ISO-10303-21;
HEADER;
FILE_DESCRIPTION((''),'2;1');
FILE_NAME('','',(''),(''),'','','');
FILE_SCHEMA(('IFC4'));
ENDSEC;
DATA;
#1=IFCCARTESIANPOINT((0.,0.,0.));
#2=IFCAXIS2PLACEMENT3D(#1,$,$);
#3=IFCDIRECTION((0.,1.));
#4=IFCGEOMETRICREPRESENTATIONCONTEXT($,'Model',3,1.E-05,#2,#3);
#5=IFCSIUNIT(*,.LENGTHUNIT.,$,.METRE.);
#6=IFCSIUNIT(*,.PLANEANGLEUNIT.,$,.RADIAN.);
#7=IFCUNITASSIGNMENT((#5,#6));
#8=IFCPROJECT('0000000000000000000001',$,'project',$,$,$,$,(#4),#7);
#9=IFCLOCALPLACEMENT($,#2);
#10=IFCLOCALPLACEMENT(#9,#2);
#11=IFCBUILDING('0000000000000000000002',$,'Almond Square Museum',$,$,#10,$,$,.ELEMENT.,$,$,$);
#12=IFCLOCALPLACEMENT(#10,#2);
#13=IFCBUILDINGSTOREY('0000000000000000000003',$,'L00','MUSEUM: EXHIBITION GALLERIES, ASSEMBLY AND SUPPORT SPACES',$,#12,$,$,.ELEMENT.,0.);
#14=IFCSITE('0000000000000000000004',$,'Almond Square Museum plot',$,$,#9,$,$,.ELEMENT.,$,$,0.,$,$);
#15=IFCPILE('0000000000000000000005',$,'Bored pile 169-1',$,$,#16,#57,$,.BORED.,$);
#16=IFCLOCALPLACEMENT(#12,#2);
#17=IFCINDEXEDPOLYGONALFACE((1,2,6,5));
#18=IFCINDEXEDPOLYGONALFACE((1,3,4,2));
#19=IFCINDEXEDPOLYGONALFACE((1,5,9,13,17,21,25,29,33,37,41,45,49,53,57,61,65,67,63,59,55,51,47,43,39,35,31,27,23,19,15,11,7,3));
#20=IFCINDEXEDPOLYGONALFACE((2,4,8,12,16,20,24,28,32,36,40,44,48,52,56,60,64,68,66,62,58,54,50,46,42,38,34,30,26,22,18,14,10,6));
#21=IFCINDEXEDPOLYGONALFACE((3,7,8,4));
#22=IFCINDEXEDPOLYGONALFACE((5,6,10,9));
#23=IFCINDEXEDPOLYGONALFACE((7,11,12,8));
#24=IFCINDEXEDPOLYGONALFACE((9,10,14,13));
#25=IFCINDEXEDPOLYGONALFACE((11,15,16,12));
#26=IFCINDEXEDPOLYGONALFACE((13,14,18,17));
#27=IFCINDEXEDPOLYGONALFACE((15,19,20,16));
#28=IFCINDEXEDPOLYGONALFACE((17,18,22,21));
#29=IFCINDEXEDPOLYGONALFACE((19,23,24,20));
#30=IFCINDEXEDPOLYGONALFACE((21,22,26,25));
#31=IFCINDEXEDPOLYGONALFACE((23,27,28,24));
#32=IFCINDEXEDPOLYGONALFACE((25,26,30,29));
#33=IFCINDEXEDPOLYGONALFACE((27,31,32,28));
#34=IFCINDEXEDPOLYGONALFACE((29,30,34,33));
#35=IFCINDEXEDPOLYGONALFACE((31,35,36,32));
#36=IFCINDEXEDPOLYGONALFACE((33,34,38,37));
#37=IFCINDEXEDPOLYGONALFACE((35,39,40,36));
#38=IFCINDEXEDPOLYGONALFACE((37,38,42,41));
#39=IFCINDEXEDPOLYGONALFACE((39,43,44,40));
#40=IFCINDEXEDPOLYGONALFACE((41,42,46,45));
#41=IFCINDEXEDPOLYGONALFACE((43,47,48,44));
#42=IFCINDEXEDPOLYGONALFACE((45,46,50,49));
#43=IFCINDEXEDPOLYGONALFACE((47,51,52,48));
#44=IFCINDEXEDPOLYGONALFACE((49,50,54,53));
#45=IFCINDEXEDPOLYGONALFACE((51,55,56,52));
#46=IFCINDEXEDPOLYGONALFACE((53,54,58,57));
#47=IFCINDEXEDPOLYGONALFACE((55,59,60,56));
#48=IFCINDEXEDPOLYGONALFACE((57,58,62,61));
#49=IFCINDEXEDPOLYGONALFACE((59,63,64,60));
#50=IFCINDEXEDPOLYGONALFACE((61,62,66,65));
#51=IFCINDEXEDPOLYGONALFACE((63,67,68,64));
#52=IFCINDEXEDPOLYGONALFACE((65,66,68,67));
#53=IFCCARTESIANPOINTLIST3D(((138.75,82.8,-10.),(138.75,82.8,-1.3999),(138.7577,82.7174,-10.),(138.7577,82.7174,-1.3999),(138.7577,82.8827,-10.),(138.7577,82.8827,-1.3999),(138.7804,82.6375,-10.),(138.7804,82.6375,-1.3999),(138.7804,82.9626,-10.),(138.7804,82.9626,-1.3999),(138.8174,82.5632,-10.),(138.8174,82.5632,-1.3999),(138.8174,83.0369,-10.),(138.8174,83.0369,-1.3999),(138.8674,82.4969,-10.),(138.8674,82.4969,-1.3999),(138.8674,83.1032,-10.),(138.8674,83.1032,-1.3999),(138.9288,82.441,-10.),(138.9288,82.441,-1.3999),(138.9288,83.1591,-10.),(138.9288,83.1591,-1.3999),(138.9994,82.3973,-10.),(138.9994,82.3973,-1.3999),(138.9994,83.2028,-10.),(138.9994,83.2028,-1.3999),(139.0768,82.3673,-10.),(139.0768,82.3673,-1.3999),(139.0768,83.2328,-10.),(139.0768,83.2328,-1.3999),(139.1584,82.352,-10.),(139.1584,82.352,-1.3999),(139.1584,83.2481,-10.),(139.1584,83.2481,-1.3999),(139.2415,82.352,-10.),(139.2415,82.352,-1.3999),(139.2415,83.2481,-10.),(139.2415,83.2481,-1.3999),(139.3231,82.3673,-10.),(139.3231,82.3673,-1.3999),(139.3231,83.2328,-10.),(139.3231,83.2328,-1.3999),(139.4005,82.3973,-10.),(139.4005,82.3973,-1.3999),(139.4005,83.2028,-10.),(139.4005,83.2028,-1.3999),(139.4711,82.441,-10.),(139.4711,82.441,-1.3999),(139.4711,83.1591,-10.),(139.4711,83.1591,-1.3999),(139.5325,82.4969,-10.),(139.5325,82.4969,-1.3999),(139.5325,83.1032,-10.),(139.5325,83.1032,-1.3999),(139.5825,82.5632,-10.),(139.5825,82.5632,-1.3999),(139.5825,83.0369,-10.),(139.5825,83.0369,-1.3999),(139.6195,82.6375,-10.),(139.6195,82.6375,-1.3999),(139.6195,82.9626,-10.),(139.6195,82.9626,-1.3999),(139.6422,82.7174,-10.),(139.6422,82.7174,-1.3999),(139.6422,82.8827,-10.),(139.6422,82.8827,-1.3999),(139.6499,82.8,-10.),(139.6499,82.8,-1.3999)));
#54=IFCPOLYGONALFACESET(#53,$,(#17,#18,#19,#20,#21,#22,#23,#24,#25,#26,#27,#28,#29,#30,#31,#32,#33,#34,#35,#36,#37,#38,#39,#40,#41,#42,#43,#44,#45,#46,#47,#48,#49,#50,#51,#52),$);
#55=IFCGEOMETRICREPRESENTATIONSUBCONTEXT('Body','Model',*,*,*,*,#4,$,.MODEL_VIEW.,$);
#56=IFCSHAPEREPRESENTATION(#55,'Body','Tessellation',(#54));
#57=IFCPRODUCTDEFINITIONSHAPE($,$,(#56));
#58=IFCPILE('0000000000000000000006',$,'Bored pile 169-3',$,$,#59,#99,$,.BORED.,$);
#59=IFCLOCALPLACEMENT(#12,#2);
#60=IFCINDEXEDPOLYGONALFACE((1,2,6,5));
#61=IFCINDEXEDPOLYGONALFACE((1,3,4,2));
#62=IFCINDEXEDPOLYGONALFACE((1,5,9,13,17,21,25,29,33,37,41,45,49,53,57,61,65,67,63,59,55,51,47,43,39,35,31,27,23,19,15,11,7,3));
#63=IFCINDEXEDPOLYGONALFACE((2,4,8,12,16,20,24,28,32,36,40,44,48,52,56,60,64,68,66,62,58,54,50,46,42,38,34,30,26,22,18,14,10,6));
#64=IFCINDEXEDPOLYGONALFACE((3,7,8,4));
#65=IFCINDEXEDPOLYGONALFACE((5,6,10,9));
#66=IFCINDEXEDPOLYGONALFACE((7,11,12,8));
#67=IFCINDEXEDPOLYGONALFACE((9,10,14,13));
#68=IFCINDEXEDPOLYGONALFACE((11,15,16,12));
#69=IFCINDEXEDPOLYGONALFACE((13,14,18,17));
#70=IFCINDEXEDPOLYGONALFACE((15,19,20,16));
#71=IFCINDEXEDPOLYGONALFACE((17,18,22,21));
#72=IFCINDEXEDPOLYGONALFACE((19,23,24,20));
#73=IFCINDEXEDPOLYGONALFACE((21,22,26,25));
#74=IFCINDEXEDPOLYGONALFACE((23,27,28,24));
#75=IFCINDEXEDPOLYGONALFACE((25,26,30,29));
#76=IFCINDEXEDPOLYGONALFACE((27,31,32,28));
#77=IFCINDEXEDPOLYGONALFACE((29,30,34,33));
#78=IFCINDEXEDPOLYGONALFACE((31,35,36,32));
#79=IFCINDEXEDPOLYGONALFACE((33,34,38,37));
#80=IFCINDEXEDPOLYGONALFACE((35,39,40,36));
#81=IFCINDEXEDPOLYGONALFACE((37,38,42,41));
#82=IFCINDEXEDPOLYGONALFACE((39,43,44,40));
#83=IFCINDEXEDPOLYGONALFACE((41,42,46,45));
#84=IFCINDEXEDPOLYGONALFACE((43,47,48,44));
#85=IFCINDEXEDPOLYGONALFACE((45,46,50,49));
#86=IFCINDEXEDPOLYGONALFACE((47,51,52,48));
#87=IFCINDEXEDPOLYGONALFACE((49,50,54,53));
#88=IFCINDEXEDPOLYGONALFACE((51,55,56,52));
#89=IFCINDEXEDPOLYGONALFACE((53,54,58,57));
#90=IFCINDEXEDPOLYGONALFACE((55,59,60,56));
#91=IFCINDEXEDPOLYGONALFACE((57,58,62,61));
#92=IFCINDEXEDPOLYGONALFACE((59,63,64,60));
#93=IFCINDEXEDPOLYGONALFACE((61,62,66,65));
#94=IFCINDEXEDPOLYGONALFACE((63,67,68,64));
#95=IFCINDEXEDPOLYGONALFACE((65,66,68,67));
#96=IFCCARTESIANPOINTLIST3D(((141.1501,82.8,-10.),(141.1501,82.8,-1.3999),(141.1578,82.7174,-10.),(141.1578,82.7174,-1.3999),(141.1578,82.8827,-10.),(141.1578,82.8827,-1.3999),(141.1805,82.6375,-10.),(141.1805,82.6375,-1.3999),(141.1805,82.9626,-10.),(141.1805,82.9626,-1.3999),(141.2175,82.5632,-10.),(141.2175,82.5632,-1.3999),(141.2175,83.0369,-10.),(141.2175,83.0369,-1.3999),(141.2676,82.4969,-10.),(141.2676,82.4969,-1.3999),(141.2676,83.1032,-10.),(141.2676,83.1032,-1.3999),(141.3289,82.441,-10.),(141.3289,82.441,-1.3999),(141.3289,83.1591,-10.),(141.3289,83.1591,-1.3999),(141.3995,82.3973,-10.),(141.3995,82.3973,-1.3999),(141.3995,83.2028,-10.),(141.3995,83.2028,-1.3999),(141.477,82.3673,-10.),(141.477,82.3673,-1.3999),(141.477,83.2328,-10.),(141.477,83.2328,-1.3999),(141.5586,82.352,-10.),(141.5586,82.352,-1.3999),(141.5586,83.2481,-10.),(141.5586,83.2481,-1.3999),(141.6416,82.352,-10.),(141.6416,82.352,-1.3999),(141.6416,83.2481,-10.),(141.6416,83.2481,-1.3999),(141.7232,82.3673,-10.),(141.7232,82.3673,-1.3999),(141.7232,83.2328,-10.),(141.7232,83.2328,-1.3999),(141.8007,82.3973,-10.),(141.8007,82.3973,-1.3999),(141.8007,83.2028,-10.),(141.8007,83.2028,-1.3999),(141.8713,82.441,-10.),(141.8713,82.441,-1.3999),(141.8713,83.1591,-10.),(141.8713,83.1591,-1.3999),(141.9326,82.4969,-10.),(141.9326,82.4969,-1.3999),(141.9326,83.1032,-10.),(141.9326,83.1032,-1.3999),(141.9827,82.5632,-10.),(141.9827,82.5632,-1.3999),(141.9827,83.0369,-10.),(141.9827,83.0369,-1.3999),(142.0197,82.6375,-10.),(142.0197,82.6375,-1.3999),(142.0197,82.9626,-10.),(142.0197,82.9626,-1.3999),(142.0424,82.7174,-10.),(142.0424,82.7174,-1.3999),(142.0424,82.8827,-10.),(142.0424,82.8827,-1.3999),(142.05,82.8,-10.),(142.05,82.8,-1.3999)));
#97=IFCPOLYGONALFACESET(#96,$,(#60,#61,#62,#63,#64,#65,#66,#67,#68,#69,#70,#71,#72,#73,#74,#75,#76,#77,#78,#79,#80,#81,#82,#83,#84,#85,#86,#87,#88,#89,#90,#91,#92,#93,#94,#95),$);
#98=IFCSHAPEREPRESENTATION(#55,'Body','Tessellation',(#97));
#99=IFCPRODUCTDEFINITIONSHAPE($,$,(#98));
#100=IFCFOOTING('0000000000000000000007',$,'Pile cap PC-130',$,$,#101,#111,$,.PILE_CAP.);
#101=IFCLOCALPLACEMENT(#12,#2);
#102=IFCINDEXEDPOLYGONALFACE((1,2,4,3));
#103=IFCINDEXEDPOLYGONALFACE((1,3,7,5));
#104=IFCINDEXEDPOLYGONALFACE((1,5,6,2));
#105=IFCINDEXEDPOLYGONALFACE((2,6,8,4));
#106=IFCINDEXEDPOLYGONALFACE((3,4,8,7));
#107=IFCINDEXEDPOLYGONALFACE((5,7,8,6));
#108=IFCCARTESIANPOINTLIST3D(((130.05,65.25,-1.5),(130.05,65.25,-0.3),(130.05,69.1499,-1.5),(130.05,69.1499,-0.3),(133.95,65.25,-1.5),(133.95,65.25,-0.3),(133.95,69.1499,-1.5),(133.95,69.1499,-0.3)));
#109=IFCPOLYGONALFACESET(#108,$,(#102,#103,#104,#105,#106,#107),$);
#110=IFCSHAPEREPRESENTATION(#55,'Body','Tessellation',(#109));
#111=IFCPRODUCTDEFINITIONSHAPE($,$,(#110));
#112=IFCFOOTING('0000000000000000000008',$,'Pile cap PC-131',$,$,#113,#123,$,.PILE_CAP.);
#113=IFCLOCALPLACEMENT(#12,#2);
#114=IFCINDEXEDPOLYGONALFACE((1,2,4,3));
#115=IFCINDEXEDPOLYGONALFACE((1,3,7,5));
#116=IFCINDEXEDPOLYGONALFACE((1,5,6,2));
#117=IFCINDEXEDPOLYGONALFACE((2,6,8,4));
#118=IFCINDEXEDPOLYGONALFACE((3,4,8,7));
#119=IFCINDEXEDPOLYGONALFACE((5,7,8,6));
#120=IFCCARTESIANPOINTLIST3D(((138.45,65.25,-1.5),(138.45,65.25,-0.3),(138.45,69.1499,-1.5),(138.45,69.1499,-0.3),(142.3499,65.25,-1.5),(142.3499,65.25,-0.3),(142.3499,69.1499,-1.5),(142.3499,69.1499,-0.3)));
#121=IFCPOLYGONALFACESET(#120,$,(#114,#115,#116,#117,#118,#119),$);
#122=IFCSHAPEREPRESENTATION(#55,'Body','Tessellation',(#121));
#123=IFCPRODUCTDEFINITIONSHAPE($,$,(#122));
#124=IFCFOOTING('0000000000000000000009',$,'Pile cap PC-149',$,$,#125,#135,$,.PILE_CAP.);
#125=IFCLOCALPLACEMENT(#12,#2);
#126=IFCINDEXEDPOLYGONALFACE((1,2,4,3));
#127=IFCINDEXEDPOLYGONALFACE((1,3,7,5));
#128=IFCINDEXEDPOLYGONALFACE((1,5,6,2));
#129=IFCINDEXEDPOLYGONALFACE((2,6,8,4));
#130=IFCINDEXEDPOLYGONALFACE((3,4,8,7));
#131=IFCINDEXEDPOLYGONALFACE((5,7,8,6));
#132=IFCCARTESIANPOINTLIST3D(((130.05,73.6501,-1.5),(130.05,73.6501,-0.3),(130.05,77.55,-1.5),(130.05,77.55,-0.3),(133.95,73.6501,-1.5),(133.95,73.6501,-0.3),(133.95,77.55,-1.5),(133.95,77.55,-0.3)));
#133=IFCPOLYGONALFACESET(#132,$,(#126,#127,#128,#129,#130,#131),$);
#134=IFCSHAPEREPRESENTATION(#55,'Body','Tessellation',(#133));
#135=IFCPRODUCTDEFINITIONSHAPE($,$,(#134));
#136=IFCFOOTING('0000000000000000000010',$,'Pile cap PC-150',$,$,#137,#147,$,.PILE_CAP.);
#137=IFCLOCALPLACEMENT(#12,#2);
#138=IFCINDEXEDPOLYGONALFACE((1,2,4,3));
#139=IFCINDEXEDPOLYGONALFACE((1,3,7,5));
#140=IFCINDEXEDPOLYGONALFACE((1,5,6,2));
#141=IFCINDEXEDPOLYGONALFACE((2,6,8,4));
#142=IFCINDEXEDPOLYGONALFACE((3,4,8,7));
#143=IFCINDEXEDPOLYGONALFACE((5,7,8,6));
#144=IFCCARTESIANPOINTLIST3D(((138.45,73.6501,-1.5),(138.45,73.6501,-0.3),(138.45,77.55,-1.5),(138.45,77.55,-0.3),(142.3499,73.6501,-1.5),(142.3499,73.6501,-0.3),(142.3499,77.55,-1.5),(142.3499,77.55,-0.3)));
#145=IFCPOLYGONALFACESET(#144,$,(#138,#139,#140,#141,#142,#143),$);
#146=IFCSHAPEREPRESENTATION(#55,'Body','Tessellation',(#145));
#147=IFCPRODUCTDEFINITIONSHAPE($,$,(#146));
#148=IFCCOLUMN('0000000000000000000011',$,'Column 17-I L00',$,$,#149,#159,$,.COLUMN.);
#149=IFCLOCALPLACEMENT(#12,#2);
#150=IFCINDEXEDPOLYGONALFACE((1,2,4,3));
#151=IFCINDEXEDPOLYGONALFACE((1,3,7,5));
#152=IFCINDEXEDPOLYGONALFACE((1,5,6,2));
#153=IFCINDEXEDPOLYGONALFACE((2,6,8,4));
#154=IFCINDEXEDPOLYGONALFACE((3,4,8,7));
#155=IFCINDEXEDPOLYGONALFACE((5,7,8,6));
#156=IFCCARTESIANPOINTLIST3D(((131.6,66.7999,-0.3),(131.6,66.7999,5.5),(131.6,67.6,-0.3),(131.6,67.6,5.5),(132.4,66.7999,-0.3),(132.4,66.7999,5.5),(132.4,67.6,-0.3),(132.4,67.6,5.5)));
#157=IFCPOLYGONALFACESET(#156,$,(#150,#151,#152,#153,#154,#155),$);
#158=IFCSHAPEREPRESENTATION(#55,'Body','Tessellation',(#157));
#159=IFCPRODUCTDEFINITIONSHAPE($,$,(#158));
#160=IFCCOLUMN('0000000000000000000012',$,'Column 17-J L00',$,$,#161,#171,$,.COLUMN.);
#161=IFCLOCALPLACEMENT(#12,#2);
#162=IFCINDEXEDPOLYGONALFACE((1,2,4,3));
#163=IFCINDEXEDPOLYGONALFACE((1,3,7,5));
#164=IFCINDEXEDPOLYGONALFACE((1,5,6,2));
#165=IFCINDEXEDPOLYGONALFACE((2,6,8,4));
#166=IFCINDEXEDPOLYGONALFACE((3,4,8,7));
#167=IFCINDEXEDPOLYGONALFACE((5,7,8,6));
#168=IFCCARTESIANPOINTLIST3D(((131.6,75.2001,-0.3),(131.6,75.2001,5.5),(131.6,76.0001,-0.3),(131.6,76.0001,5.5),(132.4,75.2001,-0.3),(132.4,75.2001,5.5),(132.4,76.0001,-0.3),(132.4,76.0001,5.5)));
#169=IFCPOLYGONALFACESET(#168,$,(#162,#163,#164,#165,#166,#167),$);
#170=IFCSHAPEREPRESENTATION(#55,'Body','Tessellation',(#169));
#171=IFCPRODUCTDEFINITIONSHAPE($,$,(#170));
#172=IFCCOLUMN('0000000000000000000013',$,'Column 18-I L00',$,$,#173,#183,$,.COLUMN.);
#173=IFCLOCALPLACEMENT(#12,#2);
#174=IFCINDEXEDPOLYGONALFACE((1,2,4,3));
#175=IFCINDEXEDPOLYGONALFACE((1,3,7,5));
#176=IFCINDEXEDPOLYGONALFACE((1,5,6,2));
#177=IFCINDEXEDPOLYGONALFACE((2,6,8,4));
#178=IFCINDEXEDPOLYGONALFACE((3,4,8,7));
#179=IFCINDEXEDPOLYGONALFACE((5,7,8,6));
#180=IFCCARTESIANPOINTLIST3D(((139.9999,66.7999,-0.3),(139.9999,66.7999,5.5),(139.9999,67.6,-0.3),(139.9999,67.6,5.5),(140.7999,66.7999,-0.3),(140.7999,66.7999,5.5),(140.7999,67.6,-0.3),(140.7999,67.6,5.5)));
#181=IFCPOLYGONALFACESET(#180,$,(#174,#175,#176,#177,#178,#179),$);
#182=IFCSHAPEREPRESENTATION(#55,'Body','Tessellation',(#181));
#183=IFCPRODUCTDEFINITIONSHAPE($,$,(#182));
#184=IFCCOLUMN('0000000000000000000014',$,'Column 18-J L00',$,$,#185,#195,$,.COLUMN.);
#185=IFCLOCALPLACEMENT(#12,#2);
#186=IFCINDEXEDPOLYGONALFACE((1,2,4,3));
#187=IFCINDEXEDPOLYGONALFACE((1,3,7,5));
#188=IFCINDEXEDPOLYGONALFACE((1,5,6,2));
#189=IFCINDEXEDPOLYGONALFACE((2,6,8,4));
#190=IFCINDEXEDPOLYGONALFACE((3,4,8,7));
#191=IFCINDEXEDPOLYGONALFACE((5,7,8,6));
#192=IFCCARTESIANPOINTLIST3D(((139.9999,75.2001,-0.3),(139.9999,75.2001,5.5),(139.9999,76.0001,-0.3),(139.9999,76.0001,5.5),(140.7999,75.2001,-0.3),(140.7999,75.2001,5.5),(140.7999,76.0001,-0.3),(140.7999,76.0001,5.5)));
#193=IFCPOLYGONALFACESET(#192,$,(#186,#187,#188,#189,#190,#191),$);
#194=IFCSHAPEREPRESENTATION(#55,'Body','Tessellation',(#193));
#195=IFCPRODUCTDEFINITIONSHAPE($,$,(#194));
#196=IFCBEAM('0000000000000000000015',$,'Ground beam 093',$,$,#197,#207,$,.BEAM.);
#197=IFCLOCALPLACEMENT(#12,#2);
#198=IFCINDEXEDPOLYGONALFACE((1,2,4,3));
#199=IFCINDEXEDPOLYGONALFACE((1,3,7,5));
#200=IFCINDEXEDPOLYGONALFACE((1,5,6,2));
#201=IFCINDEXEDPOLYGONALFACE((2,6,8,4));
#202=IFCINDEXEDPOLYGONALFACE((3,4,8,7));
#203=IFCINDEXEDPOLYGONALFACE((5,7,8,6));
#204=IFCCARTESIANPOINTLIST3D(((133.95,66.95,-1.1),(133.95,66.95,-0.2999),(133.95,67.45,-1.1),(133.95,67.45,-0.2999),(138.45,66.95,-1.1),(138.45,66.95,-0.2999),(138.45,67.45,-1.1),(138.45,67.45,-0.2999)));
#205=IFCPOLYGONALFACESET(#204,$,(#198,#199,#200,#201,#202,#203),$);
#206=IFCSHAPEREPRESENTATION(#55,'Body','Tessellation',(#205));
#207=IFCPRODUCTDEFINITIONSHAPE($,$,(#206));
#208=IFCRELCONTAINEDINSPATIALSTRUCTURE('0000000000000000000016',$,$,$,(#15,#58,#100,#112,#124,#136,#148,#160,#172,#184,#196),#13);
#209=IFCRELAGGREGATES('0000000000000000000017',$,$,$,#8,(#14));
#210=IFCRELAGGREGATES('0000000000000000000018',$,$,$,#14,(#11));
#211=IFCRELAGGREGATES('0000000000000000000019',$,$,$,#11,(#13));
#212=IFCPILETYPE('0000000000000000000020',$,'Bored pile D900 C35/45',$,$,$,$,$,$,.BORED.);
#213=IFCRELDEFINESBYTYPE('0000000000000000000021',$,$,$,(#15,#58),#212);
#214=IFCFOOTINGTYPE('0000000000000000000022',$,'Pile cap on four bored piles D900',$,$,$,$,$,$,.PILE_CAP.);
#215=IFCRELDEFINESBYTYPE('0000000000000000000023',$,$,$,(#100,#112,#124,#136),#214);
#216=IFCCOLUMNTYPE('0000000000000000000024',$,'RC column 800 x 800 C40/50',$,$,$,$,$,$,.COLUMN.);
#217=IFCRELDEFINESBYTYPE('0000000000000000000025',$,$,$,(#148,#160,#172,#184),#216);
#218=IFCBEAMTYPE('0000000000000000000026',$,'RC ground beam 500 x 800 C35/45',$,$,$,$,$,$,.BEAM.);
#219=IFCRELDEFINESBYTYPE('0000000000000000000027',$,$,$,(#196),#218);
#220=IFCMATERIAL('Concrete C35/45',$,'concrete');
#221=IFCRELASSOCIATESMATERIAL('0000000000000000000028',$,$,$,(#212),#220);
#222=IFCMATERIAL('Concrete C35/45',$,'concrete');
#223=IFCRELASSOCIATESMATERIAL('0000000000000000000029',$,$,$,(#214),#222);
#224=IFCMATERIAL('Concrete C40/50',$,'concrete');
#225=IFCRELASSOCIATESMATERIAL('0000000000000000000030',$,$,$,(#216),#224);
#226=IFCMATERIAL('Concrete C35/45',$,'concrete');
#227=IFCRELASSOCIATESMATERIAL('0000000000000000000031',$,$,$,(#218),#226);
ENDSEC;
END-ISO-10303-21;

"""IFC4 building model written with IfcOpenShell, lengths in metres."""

from ifc_helpers import new_model, si_unit, direction, frame, origin, origin_2d, place, context, subcontext, project, spatial, rectangle, circle, extrude, material, material_profile, profile_set, type_object, element, save


model = new_model("IFC4")

# Units and contexts
model_context = context("Model", 3, precision=1e-05, world=origin(), true_north=direction((0.0, 1.0)))
body_context = subcontext(model_context, "Body", "Model", "MODEL_VIEW")
ifc_project = project(units=[si_unit("LENGTHUNIT", "METRE"), si_unit("PLANEANGLEUNIT", "RADIAN")], contexts=[model_context])

# Site, building, storey
site_placement = place(None, origin())
site = spatial("IfcSite", under=ifc_project, at=site_placement, Name="Almond Square Museum plot", CompositionType="ELEMENT", RefElevation=0.0)
building_placement = place(site_placement, origin())
building = spatial("IfcBuilding", under=site, at=building_placement, Name="Almond Square Museum", CompositionType="ELEMENT")
storey_placement = place(building_placement, origin())
storey = spatial("IfcBuildingStorey", under=building, at=storey_placement, Name="L00", Description="MUSEUM: EXHIBITION GALLERIES, ASSEMBLY AND SUPPORT SPACES", CompositionType="ELEMENT", Elevation=0.0)

# Piles
ifc_material_1 = material(Name="Concrete C35/45", Category="concrete")
ifc_material_profile_1 = material_profile(ifc_material_1, circle(Radius=0.45, at=origin_2d()))
ifc_profile_set_1 = profile_set([ifc_material_profile_1], Name="Concrete C35/45")
pile_type = type_object("IfcPileType", Name="Bored pile D900 C35/45", PredefinedType="BORED", material=ifc_profile_set_1)
for number, where, z_axis, x_axis, name in (
    (1, (139.2, 82.8, -1.3999), (0.0, 0.0, -1.0), (1.0, 0.0, 0.0), "Bored pile 169-1"),
    (2, (141.6001, 82.8, -1.3999), (0.0, 0.0, -1.0), (1.0, 0.0, 0.0), "Bored pile 169-3"),
):
    element("IfcPile", number, at=place(storey_placement, frame(where, z_axis=z_axis, x_axis=x_axis)), inside=storey, type_object=pile_type, Name=name, PredefinedType="BORED", context=body_context, shape_type="SweptSolid", body=[
        extrude(circle(Radius=0.45, at=origin_2d()), origin(), (0.0, 0.0, 1.0), 8.6001),
    ])

# Footings
ifc_material_2 = material(Name="Concrete C35/45", Category="concrete")
footing_type = type_object("IfcFootingType", Name="Pile cap on four bored piles D900", PredefinedType="PILE_CAP", material=ifc_material_2)
for number, where, z_axis, x_axis, name in (
    (3, (132.0, 67.2, -1.5), (0.0, 0.0, 1.0), (1.0, 0.0, 0.0), "Pile cap PC-130"),
    (4, (140.3999, 67.2, -1.5), (0.0, 0.0, 1.0), (1.0, 0.0, 0.0), "Pile cap PC-131"),
    (5, (132.0, 75.6001, -1.5), (0.0, 0.0, 1.0), (1.0, 0.0, 0.0), "Pile cap PC-149"),
    (6, (140.3999, 75.6001, -1.5), (0.0, 0.0, 1.0), (1.0, 0.0, 0.0), "Pile cap PC-150"),
):
    element("IfcFooting", number, at=place(storey_placement, frame(where, z_axis=z_axis, x_axis=x_axis)), inside=storey, type_object=footing_type, Name=name, PredefinedType="PILE_CAP", context=body_context, shape_type="SweptSolid", body=[
        extrude(rectangle(XDim=3.8999, YDim=3.8999, at=origin_2d()), origin(), (0.0, 0.0, 1.0), 1.2),
    ])

# Columns
ifc_material_3 = material(Name="Concrete C40/50", Category="concrete")
ifc_material_profile_2 = material_profile(ifc_material_3, rectangle(XDim=0.8, YDim=0.8, at=origin_2d()))
ifc_profile_set_2 = profile_set([ifc_material_profile_2], Name="Concrete C40/50")
column_type = type_object("IfcColumnType", Name="RC column 800 x 800 C40/50", PredefinedType="COLUMN", material=ifc_profile_set_2)
for number, where, z_axis, x_axis, name in (
    (7, (132.0, 67.2, -0.3), (0.0, 0.0, 1.0), (1.0, 0.0, 0.0), "Column 17-I L00"),
    (8, (132.0, 75.6001, -0.3), (0.0, 0.0, 1.0), (1.0, 0.0, 0.0), "Column 17-J L00"),
    (9, (140.3999, 67.2, -0.3), (0.0, 0.0, 1.0), (1.0, 0.0, 0.0), "Column 18-I L00"),
    (10, (140.3999, 75.6001, -0.3), (0.0, 0.0, 1.0), (1.0, 0.0, 0.0), "Column 18-J L00"),
):
    element("IfcColumn", number, at=place(storey_placement, frame(where, z_axis=z_axis, x_axis=x_axis)), inside=storey, type_object=column_type, Name=name, PredefinedType="COLUMN", context=body_context, shape_type="SweptSolid", body=[
        extrude(rectangle(XDim=0.8, YDim=0.8, at=origin_2d()), origin(), (0.0, 0.0, 1.0), 5.8),
    ])

# Beam
ifc_material_4 = material(Name="Concrete C35/45", Category="concrete")
ifc_material_profile_3 = material_profile(ifc_material_4, rectangle(XDim=0.5, YDim=0.8, at=origin_2d()))
ifc_profile_set_3 = profile_set([ifc_material_profile_3], Name="Concrete C35/45")
beam_type = type_object("IfcBeamType", Name="RC ground beam 500 x 800 C35/45", PredefinedType="BEAM", material=ifc_profile_set_3)
for number, where, z_axis, x_axis, name in (
    (11, (133.95, 67.2, -0.7), (1.0, 0.0, 0.0), (0.0, 1.0, 0.0), "Ground beam 093"),
):
    element("IfcBeam", number, at=place(storey_placement, frame(where, z_axis=z_axis, x_axis=x_axis)), inside=storey, type_object=beam_type, Name=name, PredefinedType="BEAM", context=body_context, shape_type="SweptSolid", body=[
        extrude(rectangle(XDim=0.5, YDim=0.8, at=origin_2d()), origin(), (0.0, 0.0, 1.0), 4.5),
    ])

save(model, "model.ifc")
